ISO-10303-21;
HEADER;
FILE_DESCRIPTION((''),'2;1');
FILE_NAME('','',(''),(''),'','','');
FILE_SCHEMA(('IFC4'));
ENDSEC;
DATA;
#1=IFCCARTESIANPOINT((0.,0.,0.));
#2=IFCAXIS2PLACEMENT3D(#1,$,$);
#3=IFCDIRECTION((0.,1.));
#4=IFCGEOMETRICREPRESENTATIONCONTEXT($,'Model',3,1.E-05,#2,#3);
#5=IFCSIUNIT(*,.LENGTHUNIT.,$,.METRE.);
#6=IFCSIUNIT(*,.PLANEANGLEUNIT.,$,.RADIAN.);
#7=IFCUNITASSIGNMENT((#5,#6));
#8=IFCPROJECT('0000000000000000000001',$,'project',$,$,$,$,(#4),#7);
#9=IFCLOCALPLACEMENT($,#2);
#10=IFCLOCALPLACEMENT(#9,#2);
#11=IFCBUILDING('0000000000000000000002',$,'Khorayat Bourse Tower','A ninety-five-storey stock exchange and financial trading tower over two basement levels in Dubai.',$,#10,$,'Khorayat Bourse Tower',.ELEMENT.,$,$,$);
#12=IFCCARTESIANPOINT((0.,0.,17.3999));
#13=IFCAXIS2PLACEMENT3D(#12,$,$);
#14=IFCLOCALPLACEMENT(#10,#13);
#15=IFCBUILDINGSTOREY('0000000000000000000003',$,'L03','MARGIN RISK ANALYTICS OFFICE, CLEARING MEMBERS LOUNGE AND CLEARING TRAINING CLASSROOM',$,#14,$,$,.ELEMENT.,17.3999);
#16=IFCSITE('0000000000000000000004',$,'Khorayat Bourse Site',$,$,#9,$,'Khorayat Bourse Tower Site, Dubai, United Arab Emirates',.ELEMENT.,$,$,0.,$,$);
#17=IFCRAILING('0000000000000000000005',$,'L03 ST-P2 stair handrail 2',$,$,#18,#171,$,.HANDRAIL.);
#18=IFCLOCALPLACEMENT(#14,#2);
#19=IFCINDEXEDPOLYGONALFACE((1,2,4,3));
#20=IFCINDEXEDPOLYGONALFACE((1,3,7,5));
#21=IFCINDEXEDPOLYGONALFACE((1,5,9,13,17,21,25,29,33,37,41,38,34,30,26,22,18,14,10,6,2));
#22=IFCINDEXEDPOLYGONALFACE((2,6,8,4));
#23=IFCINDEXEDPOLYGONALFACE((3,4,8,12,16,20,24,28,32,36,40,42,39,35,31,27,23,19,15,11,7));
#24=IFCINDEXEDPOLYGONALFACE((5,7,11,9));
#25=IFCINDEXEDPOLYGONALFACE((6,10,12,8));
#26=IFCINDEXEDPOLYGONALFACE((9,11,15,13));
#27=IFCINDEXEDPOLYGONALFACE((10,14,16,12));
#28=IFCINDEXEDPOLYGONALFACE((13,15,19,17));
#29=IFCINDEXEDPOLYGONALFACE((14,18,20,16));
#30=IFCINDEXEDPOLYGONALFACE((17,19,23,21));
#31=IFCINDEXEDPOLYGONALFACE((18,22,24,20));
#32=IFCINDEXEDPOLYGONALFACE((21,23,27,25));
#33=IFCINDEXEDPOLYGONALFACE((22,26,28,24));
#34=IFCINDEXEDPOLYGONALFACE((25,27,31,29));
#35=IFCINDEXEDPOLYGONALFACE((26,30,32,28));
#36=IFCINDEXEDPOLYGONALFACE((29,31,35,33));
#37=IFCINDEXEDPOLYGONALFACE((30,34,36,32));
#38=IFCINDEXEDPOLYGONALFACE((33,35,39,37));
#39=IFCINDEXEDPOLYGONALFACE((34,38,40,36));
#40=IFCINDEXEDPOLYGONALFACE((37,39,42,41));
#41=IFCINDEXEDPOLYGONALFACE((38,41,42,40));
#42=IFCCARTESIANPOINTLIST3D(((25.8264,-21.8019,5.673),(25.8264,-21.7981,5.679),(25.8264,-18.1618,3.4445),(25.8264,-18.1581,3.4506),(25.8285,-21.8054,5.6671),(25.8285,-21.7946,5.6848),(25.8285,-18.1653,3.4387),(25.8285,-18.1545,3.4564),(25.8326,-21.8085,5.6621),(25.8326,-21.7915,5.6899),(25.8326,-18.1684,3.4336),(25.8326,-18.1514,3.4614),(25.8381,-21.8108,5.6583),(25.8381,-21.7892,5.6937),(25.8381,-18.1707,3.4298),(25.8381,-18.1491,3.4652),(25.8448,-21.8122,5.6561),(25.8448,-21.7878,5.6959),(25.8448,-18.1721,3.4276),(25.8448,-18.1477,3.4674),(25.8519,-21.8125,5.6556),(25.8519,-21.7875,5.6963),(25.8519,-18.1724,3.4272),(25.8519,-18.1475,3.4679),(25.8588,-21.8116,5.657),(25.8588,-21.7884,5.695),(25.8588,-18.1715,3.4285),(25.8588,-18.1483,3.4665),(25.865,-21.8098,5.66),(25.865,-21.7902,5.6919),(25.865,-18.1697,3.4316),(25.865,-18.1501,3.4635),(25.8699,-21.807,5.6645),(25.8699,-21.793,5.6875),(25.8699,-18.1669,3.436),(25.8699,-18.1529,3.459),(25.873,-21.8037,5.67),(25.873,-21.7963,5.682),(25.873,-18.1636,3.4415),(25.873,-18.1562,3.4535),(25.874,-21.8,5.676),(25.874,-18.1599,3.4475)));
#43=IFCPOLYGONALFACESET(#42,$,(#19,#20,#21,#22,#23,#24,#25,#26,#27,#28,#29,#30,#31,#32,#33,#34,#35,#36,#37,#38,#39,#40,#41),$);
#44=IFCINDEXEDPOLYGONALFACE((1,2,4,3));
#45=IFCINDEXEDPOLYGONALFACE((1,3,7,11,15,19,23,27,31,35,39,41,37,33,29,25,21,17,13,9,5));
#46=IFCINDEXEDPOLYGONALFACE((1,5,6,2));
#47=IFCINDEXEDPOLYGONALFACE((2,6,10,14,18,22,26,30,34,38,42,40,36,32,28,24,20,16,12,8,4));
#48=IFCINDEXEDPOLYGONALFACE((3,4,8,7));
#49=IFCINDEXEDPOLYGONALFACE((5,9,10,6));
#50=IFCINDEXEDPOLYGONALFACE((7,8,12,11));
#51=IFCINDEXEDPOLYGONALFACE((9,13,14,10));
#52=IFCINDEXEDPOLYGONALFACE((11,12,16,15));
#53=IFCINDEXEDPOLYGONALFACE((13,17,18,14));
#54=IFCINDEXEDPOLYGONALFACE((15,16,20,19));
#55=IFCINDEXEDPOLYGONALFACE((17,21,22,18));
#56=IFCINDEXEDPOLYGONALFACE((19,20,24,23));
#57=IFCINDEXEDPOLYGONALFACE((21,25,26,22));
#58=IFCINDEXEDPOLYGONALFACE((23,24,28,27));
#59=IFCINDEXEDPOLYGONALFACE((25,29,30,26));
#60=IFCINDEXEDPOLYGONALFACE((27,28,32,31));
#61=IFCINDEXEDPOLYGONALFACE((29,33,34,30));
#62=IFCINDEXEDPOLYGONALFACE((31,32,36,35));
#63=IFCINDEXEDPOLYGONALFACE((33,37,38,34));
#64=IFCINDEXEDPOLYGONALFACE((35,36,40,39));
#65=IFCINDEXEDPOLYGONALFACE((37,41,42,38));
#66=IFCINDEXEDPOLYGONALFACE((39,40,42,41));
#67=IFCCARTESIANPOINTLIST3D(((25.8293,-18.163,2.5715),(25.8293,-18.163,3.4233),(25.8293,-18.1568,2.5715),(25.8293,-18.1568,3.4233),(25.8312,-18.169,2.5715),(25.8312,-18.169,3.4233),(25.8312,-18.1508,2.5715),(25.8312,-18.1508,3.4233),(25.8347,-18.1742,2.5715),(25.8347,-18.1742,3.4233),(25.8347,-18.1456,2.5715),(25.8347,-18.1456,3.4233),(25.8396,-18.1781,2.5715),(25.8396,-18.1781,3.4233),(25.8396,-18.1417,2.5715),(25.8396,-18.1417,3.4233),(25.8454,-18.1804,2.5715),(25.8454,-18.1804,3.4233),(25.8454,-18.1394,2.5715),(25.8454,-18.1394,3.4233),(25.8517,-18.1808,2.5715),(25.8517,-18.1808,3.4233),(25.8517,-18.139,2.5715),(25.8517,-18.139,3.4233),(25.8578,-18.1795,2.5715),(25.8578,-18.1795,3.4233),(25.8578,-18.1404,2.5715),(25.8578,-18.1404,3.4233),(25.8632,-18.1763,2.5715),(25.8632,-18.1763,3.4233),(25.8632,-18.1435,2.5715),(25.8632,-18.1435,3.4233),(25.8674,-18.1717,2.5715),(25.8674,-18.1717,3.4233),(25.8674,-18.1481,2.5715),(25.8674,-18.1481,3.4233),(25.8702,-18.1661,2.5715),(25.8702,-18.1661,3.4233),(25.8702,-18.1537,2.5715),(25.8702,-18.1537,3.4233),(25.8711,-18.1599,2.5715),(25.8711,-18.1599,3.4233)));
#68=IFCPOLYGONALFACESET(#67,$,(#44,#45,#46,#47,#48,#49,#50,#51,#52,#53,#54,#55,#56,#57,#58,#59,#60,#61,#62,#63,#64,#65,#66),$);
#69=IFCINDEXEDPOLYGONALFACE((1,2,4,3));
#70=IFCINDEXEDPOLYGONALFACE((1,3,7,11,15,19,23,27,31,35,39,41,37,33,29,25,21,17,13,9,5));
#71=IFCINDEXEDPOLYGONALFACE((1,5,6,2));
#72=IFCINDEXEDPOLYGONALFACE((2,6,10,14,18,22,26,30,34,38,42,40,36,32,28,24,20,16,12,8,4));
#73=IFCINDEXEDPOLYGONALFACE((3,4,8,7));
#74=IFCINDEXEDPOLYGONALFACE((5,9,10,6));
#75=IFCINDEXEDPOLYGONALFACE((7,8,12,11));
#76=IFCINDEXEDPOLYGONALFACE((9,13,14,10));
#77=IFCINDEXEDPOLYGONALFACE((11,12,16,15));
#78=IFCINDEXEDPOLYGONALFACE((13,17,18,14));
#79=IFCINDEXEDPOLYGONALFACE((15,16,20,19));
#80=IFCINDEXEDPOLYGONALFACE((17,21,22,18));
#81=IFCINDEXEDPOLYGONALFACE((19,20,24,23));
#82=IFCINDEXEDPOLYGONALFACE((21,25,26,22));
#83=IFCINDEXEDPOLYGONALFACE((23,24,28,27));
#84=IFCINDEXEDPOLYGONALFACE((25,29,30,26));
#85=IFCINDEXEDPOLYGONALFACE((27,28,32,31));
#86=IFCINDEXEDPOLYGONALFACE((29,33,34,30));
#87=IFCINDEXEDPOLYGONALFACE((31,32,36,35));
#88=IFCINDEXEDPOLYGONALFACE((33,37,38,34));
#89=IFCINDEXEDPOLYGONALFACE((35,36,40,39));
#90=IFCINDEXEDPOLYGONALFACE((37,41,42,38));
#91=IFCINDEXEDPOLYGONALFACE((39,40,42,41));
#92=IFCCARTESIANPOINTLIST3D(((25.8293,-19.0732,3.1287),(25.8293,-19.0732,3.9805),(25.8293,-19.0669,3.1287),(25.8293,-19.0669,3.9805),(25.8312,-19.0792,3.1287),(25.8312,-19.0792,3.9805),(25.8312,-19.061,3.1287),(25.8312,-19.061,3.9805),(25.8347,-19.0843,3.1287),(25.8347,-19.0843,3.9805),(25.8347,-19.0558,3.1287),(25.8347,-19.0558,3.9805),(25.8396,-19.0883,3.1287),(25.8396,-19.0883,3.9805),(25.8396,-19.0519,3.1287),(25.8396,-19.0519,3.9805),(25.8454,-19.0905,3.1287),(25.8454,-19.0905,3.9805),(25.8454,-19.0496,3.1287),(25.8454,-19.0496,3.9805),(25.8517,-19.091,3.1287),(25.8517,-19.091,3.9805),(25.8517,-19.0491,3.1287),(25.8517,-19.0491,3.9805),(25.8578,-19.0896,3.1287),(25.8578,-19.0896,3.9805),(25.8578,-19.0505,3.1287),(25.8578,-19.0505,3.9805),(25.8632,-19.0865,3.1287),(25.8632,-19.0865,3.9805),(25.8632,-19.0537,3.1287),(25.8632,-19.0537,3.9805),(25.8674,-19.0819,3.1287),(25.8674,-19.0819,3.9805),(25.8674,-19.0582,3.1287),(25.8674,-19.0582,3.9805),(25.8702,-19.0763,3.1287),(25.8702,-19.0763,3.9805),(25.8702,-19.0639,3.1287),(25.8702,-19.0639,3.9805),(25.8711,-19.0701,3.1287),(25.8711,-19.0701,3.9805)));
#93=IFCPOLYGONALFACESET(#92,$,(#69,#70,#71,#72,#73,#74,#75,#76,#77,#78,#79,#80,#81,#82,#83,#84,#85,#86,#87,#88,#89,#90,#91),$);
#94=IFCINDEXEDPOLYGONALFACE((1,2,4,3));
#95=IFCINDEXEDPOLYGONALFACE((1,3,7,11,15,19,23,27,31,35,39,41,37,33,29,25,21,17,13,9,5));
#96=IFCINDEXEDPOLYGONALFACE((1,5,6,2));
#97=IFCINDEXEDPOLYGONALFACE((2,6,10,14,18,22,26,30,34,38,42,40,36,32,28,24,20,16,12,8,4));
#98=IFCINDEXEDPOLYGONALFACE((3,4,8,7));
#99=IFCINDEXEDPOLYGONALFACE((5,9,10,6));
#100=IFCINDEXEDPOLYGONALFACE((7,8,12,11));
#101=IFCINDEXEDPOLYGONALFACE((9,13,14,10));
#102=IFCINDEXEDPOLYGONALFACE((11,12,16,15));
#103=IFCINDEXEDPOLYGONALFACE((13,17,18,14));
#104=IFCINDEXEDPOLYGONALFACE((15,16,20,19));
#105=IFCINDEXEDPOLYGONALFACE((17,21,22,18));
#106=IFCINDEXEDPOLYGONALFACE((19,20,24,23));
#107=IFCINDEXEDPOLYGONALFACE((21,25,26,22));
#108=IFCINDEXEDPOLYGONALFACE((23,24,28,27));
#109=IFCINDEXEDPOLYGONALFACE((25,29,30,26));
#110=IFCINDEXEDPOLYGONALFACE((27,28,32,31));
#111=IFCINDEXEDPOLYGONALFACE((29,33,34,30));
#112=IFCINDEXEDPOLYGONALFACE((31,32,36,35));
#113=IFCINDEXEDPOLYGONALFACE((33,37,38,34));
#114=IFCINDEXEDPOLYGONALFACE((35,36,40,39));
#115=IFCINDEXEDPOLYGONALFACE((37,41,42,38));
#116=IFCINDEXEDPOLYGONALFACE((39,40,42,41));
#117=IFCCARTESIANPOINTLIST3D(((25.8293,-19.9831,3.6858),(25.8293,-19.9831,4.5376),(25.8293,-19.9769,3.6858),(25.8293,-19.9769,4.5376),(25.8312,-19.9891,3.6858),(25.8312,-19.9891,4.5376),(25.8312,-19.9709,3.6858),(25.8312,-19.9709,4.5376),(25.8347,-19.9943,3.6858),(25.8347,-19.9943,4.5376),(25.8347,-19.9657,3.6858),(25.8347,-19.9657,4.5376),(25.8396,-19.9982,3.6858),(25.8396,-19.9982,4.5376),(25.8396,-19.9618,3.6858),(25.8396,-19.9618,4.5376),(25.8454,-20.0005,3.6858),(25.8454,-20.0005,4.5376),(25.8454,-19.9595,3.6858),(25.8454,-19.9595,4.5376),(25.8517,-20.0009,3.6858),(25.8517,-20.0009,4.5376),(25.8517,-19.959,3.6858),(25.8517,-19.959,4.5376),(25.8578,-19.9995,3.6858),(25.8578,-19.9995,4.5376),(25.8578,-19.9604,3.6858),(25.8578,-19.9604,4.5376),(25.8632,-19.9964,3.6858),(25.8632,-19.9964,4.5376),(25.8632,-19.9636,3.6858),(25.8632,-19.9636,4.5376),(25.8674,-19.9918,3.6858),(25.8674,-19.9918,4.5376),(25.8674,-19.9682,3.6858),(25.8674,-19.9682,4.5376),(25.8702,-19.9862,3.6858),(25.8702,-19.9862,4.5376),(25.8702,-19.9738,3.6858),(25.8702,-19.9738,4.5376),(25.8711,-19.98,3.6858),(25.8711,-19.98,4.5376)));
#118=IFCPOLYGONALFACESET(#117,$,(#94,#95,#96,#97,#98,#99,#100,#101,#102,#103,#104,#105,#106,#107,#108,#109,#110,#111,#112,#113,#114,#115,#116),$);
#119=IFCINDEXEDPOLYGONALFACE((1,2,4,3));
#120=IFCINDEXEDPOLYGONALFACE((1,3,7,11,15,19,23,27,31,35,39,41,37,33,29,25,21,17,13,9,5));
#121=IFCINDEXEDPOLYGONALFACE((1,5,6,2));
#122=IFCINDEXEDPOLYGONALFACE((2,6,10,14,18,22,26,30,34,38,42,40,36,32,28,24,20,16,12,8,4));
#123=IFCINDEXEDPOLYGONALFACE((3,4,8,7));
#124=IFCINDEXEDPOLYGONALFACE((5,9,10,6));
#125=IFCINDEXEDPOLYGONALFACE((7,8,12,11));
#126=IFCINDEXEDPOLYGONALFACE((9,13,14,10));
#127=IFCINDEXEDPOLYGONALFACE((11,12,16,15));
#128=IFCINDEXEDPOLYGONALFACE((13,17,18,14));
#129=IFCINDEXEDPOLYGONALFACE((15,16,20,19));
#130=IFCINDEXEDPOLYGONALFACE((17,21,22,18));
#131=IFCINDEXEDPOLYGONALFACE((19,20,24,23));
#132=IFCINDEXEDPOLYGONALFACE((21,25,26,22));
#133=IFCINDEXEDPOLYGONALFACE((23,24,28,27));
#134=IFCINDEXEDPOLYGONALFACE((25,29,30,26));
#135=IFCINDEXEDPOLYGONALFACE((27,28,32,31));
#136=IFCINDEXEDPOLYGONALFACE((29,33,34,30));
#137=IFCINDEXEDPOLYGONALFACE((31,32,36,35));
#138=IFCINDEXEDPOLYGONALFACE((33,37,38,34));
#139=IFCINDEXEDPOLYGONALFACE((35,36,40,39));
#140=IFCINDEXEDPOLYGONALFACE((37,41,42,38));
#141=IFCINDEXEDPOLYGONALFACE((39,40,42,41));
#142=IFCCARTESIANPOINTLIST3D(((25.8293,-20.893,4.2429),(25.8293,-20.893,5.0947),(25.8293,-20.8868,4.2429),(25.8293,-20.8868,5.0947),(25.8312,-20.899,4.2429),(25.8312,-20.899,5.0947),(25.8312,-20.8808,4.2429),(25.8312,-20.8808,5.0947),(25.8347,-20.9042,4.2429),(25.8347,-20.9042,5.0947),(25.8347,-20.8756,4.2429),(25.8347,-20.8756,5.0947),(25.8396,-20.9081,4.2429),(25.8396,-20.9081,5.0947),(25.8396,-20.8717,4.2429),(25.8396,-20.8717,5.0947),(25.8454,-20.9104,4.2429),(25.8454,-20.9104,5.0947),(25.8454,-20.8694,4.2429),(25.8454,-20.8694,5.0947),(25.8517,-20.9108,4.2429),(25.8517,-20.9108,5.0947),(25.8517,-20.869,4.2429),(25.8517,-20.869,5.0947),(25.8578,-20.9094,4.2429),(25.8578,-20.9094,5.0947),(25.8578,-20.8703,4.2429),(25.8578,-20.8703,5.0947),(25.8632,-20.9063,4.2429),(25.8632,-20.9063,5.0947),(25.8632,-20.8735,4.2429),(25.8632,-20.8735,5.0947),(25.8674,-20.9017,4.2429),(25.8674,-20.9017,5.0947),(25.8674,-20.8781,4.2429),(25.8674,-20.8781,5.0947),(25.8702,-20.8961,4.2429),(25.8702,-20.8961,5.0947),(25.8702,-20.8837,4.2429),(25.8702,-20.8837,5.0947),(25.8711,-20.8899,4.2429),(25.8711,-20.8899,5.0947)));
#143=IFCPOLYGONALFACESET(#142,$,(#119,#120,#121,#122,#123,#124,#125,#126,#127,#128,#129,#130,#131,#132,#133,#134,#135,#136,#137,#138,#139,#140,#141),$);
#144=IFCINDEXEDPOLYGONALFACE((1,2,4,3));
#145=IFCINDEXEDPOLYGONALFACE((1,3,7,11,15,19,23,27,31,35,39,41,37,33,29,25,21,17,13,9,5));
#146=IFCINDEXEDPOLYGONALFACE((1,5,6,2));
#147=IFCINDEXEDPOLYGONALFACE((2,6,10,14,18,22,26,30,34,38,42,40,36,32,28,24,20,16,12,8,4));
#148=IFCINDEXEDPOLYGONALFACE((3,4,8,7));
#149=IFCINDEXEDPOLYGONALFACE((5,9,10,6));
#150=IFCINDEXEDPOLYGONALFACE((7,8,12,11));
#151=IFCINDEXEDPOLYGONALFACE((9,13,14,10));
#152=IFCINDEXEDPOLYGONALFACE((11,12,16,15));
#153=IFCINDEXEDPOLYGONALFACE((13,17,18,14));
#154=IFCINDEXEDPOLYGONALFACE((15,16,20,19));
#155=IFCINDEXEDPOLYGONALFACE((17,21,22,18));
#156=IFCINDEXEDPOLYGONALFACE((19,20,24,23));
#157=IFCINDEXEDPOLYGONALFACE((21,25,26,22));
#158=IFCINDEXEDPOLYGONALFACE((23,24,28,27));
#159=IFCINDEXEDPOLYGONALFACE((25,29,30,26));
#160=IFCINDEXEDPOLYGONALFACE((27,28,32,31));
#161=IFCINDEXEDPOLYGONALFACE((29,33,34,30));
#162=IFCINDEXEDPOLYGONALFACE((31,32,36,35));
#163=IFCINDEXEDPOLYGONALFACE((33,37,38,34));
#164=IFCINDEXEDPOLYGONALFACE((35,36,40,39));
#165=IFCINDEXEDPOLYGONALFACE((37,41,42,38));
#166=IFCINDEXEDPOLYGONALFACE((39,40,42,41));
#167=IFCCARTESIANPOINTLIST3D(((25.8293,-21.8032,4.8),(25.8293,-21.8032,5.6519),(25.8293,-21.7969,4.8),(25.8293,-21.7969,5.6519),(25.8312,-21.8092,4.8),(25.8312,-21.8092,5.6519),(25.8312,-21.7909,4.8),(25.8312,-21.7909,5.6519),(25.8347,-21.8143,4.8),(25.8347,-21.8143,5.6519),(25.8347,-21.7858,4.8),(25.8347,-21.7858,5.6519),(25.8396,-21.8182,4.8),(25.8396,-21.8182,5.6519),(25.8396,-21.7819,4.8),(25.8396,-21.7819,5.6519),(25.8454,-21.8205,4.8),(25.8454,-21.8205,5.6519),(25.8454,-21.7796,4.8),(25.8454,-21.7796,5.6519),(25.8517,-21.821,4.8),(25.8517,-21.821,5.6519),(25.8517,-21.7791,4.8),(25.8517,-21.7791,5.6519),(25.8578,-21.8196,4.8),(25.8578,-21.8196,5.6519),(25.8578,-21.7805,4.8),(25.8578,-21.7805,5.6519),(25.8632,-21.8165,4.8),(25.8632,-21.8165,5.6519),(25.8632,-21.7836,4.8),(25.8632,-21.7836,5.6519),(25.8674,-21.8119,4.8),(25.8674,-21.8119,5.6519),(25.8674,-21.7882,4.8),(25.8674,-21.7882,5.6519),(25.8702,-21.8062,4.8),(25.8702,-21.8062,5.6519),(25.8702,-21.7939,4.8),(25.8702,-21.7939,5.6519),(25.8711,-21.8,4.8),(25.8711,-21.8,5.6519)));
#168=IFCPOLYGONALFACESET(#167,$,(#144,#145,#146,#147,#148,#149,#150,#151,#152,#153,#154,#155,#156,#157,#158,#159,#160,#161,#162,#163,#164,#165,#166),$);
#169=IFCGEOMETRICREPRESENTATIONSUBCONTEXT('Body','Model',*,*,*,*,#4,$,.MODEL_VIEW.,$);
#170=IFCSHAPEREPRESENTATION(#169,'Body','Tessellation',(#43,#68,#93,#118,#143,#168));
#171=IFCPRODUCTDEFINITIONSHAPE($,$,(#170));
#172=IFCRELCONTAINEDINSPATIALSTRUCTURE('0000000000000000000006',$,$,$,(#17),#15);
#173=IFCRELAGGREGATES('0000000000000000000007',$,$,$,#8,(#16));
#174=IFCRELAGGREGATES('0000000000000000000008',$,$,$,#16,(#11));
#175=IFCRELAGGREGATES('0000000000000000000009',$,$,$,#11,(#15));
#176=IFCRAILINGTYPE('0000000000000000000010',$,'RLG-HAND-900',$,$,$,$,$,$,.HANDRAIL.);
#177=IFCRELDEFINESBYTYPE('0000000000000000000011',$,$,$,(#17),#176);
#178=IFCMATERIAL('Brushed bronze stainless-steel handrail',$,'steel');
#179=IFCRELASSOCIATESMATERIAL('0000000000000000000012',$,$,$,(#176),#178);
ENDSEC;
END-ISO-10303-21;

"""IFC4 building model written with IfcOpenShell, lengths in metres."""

from ifc_helpers import new_model, si_unit, direction, frame, origin, origin_2d, place, context, subcontext, project, spatial, circle, extrude, source, transform, mapped, material, type_object, element, save


model = new_model("IFC4")

# Units and contexts
model_context = context("Model", 3, precision=1e-05, world=origin(), true_north=direction((0.0, 1.0)))
body_context = subcontext(model_context, "Body", "Model", "MODEL_VIEW")
ifc_project = project(units=[si_unit("LENGTHUNIT", "METRE"), si_unit("PLANEANGLEUNIT", "RADIAN")], contexts=[model_context])

# Site, building, storey
site_placement = place(None, origin())
site = spatial("IfcSite", under=ifc_project, at=site_placement, Name="Khorayat Bourse Site", LongName="Khorayat Bourse Tower Site, Dubai, United Arab Emirates", CompositionType="ELEMENT", RefElevation=0.0)
building_placement = place(site_placement, origin())
building = spatial("IfcBuilding", under=site, at=building_placement, Name="Khorayat Bourse Tower", Description="A ninety-five-storey stock exchange and financial trading tower over two basement levels in Dubai.", LongName="Khorayat Bourse Tower", CompositionType="ELEMENT")
storey_placement = place(building_placement, frame((0.0, 0.0, 17.3999)))
storey = spatial("IfcBuildingStorey", under=building, at=storey_placement, Name="L03", Description="MARGIN RISK ANALYTICS OFFICE, CLEARING MEMBERS LOUNGE AND CLEARING TRAINING CLASSROOM", CompositionType="ELEMENT", Elevation=17.3999)

# Railing
ifc_material_1 = material(Name="Brushed bronze stainless-steel handrail", Category="steel")
railing_type_1 = type_object("IfcRailingType", Name="RLG-HAND-900", PredefinedType="HANDRAIL", material=ifc_material_1)
shared_shape_1 = source(origin(), body_context, "Body", "SweptSolid", [
    extrude(circle(Radius=0.0239, at=origin_2d()), frame((0.0, 0.0, 0.876), z_axis=(0.0, -0.852866, 0.52213), x_axis=(1.0, 0.0, 0.0)), (0.0, 0.0, 1.0), 4.2681),
    extrude(circle(Radius=0.021, at=origin_2d()), origin(), (0.0, 0.0, 1.0), 0.8518),
    extrude(circle(Radius=0.021, at=origin_2d()), frame((0.0, -0.9102, 0.5571)), (0.0, 0.0, 1.0), 0.8518),
    extrude(circle(Radius=0.021, at=origin_2d()), frame((0.0, -1.8201, 1.1143)), (0.0, 0.0, 1.0), 0.8518),
    extrude(circle(Radius=0.021, at=origin_2d()), frame((0.0, -2.73, 1.6714)), (0.0, 0.0, 1.0), 0.8518),
    extrude(circle(Radius=0.021, at=origin_2d()), frame((0.0, -3.6401, 2.2285)), (0.0, 0.0, 1.0), 0.8518),
])
railing_1_placement = place(storey_placement, frame((25.8501, -18.1599, 2.5715)))
element("IfcRailing", 1, at=railing_1_placement, inside=storey, type_object=railing_type_1, Name="L03 ST-P2 stair handrail 2", PredefinedType="HANDRAIL", context=body_context, shape_type="MappedRepresentation", body=[
    mapped(shared_shape_1, transform((0.0, 0.0, 0.0), scale=1.0)),
])

save(model, "model.ifc")
